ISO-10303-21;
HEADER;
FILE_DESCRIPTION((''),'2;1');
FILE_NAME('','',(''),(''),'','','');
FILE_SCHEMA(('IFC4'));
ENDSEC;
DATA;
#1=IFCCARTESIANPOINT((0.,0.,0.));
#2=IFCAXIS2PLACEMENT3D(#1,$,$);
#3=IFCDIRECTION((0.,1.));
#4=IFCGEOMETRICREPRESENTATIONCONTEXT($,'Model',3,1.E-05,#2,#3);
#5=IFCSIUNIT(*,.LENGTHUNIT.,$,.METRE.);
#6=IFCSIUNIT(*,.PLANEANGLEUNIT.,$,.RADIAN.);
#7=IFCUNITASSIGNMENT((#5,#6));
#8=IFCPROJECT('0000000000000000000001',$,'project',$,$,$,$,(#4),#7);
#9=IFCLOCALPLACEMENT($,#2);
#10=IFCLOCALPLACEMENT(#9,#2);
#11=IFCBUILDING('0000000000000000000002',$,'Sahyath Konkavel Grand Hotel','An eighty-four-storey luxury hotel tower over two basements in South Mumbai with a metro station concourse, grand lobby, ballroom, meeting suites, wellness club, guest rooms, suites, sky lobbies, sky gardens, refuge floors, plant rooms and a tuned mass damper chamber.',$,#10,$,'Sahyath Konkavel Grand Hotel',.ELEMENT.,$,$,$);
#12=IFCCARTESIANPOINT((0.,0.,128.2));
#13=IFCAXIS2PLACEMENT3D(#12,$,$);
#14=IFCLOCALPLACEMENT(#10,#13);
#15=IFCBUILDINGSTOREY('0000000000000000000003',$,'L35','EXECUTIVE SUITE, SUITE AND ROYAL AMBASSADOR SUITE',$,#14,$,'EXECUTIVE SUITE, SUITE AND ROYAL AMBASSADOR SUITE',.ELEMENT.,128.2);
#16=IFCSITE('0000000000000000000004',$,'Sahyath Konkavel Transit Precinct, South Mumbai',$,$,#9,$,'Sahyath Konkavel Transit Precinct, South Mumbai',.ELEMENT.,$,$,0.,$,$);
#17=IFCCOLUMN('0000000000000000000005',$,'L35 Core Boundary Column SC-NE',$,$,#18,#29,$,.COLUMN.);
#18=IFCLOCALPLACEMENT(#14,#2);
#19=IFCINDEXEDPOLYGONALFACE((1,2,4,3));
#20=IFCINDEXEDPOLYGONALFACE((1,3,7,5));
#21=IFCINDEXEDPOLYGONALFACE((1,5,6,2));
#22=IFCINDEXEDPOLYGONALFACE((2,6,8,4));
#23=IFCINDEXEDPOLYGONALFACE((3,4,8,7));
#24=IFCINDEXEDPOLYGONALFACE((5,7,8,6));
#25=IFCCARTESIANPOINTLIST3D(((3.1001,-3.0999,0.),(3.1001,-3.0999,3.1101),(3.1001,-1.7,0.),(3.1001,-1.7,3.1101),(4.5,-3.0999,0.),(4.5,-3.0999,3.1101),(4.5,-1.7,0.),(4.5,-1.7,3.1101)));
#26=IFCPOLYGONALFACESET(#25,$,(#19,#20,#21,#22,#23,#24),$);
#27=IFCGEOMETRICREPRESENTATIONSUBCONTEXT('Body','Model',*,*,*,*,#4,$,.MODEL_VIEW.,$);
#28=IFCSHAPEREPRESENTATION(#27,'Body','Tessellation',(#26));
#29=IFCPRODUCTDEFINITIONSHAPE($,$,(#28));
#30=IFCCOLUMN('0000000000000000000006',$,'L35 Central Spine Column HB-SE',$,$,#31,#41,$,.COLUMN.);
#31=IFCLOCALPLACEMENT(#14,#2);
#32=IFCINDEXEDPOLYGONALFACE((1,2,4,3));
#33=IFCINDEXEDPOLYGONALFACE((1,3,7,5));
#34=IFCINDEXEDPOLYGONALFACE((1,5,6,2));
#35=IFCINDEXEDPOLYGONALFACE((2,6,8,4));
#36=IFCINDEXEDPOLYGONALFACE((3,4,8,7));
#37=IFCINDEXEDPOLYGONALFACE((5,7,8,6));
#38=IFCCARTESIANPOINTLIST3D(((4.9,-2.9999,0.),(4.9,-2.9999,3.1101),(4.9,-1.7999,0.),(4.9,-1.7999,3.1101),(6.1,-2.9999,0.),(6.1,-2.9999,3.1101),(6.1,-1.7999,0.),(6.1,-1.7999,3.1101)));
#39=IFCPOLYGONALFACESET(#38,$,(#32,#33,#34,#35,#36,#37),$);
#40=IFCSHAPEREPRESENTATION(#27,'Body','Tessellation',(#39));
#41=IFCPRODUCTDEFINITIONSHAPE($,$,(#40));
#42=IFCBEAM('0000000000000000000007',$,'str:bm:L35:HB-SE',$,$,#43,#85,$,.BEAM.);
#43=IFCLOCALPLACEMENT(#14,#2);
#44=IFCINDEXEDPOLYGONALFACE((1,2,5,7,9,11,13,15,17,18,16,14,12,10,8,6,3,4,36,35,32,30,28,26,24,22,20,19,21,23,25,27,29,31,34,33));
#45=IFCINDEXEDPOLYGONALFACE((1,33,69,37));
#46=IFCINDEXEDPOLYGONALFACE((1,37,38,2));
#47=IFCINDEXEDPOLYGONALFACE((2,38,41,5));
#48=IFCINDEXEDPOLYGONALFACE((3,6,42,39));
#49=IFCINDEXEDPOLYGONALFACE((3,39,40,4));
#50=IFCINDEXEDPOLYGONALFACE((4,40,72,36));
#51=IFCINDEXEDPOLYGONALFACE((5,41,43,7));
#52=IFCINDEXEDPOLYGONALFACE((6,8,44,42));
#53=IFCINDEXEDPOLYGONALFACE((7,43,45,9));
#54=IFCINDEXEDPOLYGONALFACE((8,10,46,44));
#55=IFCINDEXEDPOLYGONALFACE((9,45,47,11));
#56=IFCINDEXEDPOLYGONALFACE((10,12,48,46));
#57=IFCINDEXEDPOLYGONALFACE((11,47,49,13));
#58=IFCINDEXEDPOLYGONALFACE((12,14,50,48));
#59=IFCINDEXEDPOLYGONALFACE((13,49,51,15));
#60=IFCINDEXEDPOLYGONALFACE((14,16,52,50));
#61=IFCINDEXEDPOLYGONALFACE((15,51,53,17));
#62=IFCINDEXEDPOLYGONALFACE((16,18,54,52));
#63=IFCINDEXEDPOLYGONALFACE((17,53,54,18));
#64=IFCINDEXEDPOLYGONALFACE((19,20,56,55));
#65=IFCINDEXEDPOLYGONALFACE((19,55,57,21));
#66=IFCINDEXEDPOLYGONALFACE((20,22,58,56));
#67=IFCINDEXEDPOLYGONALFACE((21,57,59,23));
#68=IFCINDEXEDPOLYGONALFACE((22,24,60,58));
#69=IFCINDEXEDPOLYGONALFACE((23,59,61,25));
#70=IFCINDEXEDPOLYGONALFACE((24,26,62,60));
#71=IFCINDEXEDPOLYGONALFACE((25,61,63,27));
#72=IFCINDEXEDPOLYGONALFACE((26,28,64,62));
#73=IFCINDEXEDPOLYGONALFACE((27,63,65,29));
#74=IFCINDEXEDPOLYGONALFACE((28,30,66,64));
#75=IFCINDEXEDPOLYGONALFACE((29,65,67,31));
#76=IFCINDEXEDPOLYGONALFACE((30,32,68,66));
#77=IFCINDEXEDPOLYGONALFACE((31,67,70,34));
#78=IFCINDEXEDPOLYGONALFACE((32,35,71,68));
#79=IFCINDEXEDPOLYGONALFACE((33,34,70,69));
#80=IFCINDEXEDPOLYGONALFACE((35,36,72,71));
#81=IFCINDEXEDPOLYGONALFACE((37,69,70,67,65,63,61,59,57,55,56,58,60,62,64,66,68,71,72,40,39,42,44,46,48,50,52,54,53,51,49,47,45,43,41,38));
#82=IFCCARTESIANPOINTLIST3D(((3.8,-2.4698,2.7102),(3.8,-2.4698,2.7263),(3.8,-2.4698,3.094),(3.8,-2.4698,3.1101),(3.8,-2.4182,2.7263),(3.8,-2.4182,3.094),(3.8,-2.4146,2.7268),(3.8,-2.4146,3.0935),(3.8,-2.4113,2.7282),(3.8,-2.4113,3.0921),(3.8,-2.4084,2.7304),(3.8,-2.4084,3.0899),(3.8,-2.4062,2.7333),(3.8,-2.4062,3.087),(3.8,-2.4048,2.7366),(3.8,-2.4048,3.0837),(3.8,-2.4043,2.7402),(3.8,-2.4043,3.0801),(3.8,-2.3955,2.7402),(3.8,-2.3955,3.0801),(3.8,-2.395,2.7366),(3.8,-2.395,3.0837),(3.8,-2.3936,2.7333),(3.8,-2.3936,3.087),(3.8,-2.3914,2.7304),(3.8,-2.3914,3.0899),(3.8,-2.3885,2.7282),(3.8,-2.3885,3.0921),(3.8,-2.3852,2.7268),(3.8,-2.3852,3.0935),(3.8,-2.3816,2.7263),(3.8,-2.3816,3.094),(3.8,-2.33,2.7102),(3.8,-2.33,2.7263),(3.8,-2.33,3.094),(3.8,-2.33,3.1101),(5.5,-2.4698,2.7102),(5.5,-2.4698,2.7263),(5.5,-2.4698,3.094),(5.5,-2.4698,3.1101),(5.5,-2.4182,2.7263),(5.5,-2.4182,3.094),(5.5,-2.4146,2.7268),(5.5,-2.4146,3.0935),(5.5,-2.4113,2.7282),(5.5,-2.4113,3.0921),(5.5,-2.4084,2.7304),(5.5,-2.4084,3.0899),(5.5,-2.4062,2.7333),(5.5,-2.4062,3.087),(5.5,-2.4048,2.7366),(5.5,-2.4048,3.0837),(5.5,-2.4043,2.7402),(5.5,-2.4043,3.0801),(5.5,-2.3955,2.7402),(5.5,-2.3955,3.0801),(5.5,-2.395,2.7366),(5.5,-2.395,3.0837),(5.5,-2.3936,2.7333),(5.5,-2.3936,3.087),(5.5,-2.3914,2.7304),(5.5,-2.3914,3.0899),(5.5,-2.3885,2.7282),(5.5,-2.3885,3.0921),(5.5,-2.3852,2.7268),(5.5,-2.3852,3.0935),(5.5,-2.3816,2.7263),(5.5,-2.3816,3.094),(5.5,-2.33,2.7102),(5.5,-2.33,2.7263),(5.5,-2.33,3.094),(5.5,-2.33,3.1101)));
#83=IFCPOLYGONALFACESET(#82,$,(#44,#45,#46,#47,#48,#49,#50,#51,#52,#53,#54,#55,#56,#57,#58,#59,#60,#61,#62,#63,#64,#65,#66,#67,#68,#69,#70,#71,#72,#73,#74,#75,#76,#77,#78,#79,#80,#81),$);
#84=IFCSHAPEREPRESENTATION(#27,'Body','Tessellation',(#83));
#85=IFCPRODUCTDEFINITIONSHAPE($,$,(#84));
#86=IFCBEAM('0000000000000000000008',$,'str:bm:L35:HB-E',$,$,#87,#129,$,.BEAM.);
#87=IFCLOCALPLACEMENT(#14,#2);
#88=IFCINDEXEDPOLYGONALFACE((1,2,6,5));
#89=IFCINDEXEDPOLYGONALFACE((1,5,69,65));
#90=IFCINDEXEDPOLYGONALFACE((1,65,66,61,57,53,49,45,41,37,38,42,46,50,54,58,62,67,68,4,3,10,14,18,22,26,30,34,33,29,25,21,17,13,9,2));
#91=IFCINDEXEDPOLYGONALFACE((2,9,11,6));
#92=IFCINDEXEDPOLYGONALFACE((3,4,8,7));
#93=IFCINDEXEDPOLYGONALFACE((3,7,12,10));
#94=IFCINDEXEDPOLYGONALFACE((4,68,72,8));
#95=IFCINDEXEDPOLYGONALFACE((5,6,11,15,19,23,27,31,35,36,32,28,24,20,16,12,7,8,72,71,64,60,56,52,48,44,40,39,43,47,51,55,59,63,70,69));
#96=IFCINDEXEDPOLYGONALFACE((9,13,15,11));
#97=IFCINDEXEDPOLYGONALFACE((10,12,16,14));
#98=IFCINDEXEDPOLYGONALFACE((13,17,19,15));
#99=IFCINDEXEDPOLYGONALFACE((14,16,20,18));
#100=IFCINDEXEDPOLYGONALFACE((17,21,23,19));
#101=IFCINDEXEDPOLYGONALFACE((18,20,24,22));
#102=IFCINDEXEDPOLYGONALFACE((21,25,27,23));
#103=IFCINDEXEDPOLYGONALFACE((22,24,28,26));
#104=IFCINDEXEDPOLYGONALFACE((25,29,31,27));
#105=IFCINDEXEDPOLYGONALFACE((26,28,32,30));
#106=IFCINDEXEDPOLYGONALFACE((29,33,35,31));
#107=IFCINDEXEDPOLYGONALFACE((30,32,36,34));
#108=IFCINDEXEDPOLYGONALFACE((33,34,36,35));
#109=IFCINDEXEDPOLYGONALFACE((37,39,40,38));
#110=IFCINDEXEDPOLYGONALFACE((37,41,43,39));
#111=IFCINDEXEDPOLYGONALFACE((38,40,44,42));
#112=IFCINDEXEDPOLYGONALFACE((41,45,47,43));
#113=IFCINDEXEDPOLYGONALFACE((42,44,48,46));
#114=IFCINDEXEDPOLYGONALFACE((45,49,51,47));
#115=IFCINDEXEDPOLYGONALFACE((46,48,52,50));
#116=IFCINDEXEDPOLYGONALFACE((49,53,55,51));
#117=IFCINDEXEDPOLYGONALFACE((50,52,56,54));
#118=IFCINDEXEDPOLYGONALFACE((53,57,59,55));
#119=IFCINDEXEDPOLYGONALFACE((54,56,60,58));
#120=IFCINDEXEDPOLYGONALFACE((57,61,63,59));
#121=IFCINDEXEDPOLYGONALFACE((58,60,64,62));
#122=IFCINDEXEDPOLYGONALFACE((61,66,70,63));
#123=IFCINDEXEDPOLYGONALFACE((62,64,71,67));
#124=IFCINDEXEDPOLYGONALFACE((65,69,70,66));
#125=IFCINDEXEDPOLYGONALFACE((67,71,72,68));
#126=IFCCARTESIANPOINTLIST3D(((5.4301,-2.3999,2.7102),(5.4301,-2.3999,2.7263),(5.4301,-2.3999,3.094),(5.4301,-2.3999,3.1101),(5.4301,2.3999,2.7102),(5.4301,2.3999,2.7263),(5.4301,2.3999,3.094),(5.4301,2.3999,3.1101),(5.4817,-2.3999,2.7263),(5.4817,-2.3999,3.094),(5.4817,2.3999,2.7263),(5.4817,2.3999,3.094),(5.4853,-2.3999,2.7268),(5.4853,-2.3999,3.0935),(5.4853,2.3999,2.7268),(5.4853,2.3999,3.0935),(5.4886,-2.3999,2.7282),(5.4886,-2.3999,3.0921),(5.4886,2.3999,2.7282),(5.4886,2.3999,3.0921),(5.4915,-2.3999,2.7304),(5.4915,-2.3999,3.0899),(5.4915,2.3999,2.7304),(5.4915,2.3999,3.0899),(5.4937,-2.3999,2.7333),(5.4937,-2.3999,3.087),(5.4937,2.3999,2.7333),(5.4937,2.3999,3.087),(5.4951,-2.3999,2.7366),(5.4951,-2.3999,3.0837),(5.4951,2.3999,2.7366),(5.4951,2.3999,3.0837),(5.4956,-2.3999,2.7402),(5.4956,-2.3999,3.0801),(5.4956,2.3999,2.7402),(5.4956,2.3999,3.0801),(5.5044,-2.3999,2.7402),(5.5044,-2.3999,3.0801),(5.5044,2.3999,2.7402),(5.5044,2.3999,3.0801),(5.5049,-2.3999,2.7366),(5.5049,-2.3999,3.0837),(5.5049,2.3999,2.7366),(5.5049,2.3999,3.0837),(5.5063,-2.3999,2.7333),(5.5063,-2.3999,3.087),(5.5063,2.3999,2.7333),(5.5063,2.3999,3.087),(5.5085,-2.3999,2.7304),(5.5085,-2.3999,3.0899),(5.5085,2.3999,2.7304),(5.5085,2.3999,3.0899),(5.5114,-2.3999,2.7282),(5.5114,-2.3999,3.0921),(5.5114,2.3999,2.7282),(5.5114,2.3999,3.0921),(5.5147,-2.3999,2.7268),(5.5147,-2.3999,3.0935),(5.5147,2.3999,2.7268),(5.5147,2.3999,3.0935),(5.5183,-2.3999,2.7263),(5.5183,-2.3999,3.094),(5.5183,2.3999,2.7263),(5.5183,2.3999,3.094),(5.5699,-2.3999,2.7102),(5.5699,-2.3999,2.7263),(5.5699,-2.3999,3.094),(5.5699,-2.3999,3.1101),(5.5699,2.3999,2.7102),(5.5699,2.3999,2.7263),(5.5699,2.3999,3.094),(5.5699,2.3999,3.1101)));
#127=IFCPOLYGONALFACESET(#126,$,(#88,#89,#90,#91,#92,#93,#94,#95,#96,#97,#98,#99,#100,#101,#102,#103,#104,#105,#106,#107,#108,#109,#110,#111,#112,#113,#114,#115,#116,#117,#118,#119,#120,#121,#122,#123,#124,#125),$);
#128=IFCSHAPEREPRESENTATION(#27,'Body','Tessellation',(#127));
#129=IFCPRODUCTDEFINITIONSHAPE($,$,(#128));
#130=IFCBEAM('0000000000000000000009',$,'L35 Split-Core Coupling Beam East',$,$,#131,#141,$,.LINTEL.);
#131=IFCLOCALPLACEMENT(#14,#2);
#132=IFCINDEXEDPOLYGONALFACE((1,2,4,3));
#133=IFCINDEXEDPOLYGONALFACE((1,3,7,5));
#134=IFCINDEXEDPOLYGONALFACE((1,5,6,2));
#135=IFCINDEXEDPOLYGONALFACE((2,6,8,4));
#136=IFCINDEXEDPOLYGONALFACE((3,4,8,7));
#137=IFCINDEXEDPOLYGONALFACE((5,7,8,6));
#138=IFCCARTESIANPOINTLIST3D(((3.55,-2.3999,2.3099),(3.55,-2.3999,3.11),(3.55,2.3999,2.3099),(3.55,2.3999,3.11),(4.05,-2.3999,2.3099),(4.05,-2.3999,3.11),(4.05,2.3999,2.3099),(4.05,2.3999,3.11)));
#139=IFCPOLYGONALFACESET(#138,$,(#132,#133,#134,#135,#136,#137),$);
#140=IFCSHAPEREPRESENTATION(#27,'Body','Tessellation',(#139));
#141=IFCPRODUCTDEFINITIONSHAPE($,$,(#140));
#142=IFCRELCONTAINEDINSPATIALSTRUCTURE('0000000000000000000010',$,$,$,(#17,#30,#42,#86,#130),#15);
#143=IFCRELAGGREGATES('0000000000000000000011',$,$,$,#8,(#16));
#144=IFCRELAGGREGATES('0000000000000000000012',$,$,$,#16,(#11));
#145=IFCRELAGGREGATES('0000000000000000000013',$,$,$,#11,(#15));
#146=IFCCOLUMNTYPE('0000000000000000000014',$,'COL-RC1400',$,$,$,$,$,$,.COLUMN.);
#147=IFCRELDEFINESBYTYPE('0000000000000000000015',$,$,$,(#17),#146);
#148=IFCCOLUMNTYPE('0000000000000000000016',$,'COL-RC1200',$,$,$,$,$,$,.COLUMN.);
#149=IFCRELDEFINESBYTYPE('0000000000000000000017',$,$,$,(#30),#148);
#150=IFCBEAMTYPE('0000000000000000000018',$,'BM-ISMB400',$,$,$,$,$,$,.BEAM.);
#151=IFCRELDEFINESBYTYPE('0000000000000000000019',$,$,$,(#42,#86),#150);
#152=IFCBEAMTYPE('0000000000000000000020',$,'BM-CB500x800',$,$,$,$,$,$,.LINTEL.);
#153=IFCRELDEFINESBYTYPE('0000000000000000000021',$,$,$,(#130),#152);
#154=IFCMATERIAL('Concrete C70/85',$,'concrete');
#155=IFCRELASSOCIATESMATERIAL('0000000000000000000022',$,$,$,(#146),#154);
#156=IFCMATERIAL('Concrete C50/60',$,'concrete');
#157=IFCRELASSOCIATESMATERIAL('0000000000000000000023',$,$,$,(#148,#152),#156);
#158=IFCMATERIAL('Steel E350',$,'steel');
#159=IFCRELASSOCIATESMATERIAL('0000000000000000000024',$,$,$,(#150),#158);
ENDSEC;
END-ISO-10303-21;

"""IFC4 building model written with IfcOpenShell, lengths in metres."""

from ifc_helpers import new_model, si_unit, direction, frame, origin, origin_2d, place, context, subcontext, project, spatial, rectangle, i_section, extrude, source, transform, mapped, material, material_profile, profile_set, type_object, element, save


model = new_model("IFC4")

# Units and contexts
model_context = context("Model", 3, precision=1e-05, world=origin(), true_north=direction((0.0, 1.0)))
body_context = subcontext(model_context, "Body", "Model", "MODEL_VIEW")
ifc_project = project(units=[si_unit("LENGTHUNIT", "METRE"), si_unit("PLANEANGLEUNIT", "RADIAN")], contexts=[model_context])

# Site, building, storey
site_placement = place(None, origin())
site = spatial("IfcSite", under=ifc_project, at=site_placement, Name="Sahyath Konkavel Transit Precinct, South Mumbai", LongName="Sahyath Konkavel Transit Precinct, South Mumbai", CompositionType="ELEMENT", RefElevation=0.0)
building_placement = place(site_placement, origin())
building = spatial("IfcBuilding", under=site, at=building_placement, Name="Sahyath Konkavel Grand Hotel", Description="An eighty-four-storey luxury hotel tower over two basements in South Mumbai with a metro station concourse, grand lobby, ballroom, meeting suites, wellness club, guest rooms, suites, sky lobbies, sky gardens, refuge floors, plant rooms and a tuned mass damper chamber.", LongName="Sahyath Konkavel Grand Hotel", CompositionType="ELEMENT")
storey_placement = place(building_placement, frame((0.0, 0.0, 128.2)))
storey = spatial("IfcBuildingStorey", under=building, at=storey_placement, Name="L35", Description="EXECUTIVE SUITE, SUITE AND ROYAL AMBASSADOR SUITE", LongName="EXECUTIVE SUITE, SUITE AND ROYAL AMBASSADOR SUITE", CompositionType="ELEMENT", Elevation=128.2)

# Columns
ifc_material_1 = material(Name="Concrete C70/85", Category="concrete")
ifc_material_profile_1 = material_profile(ifc_material_1, rectangle(XDim=1.3999, YDim=1.3999, at=origin_2d()), Name="RC 1400x1400")
ifc_profile_set_1 = profile_set([ifc_material_profile_1], Name="Concrete C70/85")
column_type_1 = type_object("IfcColumnType", Name="COL-RC1400", PredefinedType="COLUMN", material=ifc_profile_set_1)
shared_shape_1 = source(origin(), body_context, "Body", "SweptSolid", [
    extrude(rectangle(XDim=1.3999, YDim=1.3999, at=origin_2d()), origin(), (0.0, 0.0, 1.0), 3.1101),
])
column_1_placement = place(storey_placement, frame((3.8, -2.3999, 0.0), z_axis=(0.0, 0.0, 1.0), x_axis=(1.0, 0.0, 0.0)))
element("IfcColumn", 1, at=column_1_placement, inside=storey, type_object=column_type_1, Name="L35 Core Boundary Column SC-NE", PredefinedType="COLUMN", context=body_context, shape_type="MappedRepresentation", body=[
    mapped(shared_shape_1, transform((0.0, 0.0, 0.0), scale=1.0)),
])
ifc_material_2 = material(Name="Concrete C50/60", Category="concrete")
ifc_material_profile_2 = material_profile(ifc_material_2, rectangle(XDim=1.2, YDim=1.2, at=origin_2d()), Name="RC 1200x1200")
ifc_profile_set_2 = profile_set([ifc_material_profile_2], Name="Concrete C50/60")
column_type_2 = type_object("IfcColumnType", Name="COL-RC1200", PredefinedType="COLUMN", material=ifc_profile_set_2)
shared_shape_2 = source(origin(), body_context, "Body", "SweptSolid", [
    extrude(rectangle(XDim=1.2, YDim=1.2, at=origin_2d()), origin(), (0.0, 0.0, 1.0), 3.1101),
])
column_2_placement = place(storey_placement, frame((5.5, -2.3999, 0.0), z_axis=(0.0, 0.0, 1.0), x_axis=(1.0, 0.0, 0.0)))
element("IfcColumn", 2, at=column_2_placement, inside=storey, type_object=column_type_2, Name="L35 Central Spine Column HB-SE", PredefinedType="COLUMN", context=body_context, shape_type="MappedRepresentation", body=[
    mapped(shared_shape_2, transform((0.0, 0.0, 0.0), scale=1.0)),
])

# Beams
ifc_material_3 = material(Name="Steel E350", Category="steel")
ifc_material_profile_3 = material_profile(ifc_material_3, i_section(OverallWidth=0.1399, OverallDepth=0.3999, WebThickness=0.0088, FlangeThickness=0.0161, FilletRadius=0.0139, at=origin_2d()), Name="ISMB 400")
ifc_profile_set_3 = profile_set([ifc_material_profile_3], Name="Steel E350")
beam_type_1 = type_object("IfcBeamType", Name="BM-ISMB400", PredefinedType="BEAM", material=ifc_profile_set_3)
shared_shape_3 = source(origin(), body_context, "Body", "SweptSolid", [
    extrude(i_section(OverallWidth=0.1399, OverallDepth=0.3999, WebThickness=0.0088, FlangeThickness=0.0161, FilletRadius=0.0139, at=origin_2d()), origin(), (0.0, 0.0, 1.0), 1.7),
])
beam_1_placement = place(storey_placement, frame((3.8, -2.3999, 2.9102), z_axis=(1.0, 0.0, 0.0), x_axis=(0.0, 1.0, 0.0)))
element("IfcBeam", 3, at=beam_1_placement, inside=storey, type_object=beam_type_1, Name="str:bm:L35:HB-SE", PredefinedType="BEAM", context=body_context, shape_type="MappedRepresentation", body=[
    mapped(shared_shape_3, transform((0.0, 0.0, 0.0), scale=1.0)),
])
shared_shape_4 = source(origin(), body_context, "Body", "SweptSolid", [
    extrude(i_section(OverallWidth=0.1399, OverallDepth=0.3999, WebThickness=0.0088, FlangeThickness=0.0161, FilletRadius=0.0139, at=origin_2d()), origin(), (0.0, 0.0, 1.0), 4.7998),
])
beam_2_placement = place(storey_placement, frame((5.5, -2.3999, 2.9102), z_axis=(0.0, 1.0, 0.0), x_axis=(-1.0, 0.0, 0.0)))
element("IfcBeam", 4, at=beam_2_placement, inside=storey, type_object=beam_type_1, Name="str:bm:L35:HB-E", PredefinedType="BEAM", context=body_context, shape_type="MappedRepresentation", body=[
    mapped(shared_shape_4, transform((0.0, 0.0, 0.0), scale=1.0)),
])
ifc_material_profile_4 = material_profile(ifc_material_2, rectangle(XDim=0.5, YDim=0.8, at=origin_2d()), Name="RC 500x800")
ifc_profile_set_4 = profile_set([ifc_material_profile_4], Name="Concrete C50/60")
beam_type_2 = type_object("IfcBeamType", Name="BM-CB500x800", PredefinedType="LINTEL", material=ifc_profile_set_4)
shared_shape_5 = source(origin(), body_context, "Body", "SweptSolid", [
    extrude(rectangle(XDim=0.5, YDim=0.8, at=origin_2d()), origin(), (0.0, 0.0, 1.0), 4.7998),
])
beam_3_placement = place(storey_placement, frame((3.8, -2.3999, 2.71), z_axis=(0.0, 1.0, 0.0), x_axis=(-1.0, 0.0, 0.0)))
element("IfcBeam", 5, at=beam_3_placement, inside=storey, type_object=beam_type_2, Name="L35 Split-Core Coupling Beam East", PredefinedType="LINTEL", context=body_context, shape_type="MappedRepresentation", body=[
    mapped(shared_shape_5, transform((0.0, 0.0, 0.0), scale=1.0)),
])

save(model, "model.ifc")
